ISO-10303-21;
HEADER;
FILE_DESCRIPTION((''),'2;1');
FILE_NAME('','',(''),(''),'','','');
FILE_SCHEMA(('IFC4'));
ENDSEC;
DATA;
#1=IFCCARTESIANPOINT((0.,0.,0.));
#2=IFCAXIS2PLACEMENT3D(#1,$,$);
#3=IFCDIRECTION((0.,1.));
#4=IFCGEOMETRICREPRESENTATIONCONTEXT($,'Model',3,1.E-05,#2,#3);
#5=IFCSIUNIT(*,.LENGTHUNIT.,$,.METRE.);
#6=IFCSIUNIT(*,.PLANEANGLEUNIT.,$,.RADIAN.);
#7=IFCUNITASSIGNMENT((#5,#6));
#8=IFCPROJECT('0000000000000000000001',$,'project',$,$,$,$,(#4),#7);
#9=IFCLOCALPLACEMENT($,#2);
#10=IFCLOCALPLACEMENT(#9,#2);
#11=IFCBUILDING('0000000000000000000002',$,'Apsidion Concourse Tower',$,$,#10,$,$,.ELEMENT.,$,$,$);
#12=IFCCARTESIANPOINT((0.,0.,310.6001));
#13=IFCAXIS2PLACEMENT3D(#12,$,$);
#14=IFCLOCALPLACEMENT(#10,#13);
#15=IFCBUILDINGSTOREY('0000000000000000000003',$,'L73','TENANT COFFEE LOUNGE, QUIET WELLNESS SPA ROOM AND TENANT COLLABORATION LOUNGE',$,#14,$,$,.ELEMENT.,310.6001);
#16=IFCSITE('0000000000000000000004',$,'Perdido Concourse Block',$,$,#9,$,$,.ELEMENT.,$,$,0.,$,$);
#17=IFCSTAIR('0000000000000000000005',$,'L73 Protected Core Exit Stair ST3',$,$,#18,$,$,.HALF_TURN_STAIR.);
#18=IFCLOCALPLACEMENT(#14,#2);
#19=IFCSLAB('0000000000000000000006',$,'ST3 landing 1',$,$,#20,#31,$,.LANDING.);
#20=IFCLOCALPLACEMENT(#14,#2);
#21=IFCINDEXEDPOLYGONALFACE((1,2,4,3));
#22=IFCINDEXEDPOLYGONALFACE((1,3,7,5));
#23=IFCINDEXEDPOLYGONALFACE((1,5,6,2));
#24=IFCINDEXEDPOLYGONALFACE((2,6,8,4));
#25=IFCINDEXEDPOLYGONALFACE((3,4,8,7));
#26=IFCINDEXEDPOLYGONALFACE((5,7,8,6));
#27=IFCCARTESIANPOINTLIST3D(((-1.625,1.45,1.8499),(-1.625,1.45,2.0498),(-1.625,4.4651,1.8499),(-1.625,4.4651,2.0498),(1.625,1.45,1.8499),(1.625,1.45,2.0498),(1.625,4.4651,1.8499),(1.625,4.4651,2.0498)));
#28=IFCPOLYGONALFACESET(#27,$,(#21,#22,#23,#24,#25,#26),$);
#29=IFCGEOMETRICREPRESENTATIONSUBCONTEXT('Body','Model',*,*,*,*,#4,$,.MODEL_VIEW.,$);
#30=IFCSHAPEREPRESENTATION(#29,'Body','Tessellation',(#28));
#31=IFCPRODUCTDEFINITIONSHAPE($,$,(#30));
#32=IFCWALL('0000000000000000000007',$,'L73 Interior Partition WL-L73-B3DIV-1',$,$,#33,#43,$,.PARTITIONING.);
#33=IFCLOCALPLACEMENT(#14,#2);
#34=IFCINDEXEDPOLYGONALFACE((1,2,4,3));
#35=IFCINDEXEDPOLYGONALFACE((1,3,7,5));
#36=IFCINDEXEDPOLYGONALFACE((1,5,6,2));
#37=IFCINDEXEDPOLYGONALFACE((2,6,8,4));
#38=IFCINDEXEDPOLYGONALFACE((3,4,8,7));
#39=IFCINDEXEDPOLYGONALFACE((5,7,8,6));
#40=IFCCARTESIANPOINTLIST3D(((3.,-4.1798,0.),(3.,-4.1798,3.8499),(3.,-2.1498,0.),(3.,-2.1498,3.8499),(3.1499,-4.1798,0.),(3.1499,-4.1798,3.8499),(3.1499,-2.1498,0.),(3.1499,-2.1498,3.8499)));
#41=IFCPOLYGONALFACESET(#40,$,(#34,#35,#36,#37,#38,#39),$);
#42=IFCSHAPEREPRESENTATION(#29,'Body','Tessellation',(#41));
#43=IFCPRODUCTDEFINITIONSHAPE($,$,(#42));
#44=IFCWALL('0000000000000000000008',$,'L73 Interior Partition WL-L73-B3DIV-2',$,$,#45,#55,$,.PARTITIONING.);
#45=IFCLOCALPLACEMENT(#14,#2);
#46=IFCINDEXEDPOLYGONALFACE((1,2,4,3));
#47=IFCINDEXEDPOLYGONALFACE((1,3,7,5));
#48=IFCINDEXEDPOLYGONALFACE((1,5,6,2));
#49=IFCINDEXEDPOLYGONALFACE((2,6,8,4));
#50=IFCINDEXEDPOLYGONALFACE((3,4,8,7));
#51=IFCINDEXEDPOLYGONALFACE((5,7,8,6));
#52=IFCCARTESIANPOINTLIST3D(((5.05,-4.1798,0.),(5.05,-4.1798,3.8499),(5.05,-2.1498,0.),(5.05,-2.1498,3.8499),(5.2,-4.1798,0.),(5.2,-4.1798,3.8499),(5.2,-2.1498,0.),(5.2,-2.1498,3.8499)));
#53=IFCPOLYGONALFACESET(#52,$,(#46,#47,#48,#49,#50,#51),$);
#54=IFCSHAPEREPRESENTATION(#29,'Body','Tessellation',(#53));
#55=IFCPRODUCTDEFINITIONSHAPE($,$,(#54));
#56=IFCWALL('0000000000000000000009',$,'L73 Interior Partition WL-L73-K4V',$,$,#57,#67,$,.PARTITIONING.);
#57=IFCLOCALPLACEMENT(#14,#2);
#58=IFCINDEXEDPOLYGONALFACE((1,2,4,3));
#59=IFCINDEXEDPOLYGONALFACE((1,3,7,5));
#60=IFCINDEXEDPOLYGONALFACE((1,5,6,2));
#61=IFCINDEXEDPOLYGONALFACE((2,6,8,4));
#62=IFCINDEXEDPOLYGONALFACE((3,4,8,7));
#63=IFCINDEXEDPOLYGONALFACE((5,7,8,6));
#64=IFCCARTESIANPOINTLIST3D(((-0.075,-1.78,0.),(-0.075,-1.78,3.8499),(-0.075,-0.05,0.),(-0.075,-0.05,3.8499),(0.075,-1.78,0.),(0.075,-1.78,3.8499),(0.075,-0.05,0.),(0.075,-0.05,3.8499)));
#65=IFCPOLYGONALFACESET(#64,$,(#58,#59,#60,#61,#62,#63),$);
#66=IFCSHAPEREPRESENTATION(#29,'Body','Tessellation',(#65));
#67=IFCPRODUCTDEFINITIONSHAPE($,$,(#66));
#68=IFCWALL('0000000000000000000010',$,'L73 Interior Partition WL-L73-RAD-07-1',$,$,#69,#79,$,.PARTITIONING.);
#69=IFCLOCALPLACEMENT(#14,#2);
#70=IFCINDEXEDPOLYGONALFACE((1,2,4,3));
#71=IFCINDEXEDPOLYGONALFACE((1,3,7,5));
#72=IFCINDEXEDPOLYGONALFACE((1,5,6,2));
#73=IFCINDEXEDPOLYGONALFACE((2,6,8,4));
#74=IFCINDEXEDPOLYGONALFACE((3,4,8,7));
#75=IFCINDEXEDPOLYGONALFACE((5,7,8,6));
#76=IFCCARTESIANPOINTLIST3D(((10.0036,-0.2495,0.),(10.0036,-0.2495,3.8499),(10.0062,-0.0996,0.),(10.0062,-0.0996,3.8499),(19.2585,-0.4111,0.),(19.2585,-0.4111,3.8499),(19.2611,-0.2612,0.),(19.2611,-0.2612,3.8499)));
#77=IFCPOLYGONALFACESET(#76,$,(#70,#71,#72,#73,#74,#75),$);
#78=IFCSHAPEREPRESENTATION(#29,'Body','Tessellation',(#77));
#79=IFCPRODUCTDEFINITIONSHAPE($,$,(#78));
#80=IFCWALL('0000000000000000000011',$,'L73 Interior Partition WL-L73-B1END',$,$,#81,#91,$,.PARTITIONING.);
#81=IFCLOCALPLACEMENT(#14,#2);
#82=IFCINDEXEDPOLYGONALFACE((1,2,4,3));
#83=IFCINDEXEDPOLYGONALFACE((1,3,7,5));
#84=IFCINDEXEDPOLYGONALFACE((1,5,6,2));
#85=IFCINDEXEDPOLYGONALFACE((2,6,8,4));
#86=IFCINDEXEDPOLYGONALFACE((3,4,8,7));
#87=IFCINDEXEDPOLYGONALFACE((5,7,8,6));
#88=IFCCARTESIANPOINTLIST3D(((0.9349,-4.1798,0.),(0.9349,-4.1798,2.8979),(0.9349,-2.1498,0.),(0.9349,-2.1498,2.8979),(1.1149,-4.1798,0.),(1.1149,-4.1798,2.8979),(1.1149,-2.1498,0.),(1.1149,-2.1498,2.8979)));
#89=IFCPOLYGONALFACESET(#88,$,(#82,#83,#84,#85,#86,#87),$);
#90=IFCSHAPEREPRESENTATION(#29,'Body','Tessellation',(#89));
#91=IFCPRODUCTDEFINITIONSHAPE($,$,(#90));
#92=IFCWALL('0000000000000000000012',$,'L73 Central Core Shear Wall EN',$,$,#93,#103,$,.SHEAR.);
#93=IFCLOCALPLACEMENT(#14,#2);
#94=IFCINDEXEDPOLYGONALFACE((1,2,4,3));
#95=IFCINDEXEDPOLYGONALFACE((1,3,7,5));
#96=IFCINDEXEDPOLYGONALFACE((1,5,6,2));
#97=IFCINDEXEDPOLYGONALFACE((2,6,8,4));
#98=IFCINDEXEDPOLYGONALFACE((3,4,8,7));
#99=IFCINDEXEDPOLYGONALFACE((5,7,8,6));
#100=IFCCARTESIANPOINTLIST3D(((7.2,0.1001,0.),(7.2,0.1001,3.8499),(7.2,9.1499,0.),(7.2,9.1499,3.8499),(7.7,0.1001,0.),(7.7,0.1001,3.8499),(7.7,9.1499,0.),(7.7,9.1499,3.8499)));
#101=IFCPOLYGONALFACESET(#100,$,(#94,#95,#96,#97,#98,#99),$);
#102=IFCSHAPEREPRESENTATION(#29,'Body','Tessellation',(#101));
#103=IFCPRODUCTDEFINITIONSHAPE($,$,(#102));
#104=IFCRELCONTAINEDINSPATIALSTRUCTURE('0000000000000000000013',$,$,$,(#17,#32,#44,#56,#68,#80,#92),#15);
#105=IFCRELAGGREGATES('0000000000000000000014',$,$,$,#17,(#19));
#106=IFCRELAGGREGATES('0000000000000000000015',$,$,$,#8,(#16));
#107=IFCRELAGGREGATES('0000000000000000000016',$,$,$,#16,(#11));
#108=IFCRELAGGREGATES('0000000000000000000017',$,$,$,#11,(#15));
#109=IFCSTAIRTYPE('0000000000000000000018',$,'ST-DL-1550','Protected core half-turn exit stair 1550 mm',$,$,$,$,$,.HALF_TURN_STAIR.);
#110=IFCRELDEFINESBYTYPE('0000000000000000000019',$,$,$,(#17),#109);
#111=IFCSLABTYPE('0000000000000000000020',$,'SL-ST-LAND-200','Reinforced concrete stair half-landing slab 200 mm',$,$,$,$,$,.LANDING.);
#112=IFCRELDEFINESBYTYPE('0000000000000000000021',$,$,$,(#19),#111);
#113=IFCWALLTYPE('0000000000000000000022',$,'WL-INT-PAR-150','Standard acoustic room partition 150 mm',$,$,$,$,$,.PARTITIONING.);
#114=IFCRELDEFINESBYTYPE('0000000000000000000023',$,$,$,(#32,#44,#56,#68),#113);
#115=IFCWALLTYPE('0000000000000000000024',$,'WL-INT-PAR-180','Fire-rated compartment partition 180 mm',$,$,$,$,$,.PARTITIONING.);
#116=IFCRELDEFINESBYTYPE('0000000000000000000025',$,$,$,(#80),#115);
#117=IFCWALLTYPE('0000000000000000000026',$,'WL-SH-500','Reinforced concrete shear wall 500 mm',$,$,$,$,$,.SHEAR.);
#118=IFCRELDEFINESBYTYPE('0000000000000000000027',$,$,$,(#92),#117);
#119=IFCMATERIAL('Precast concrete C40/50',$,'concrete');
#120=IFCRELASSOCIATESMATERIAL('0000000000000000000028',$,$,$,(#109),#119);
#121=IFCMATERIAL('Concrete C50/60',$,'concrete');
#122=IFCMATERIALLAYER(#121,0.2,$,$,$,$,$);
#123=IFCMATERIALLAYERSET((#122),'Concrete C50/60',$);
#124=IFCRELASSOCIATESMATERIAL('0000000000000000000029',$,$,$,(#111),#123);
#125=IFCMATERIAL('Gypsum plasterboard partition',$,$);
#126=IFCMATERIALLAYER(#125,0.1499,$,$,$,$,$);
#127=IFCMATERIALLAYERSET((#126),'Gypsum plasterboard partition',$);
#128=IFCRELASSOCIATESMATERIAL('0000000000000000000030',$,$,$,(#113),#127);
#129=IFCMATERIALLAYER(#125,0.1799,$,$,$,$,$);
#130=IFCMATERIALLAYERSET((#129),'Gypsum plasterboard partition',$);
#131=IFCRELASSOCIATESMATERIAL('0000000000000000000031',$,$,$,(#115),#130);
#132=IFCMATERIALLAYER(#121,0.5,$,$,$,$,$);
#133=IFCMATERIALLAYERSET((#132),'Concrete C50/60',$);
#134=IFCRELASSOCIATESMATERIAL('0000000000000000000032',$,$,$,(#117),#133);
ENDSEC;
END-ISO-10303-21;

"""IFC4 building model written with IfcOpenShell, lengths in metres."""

from ifc_helpers import new_model, si_unit, direction, frame, frame_2d, origin, place, context, subcontext, project, spatial, polyline, rectangle, outline, extrude, material, layer, layer_set, type_object, element, aggregate, save


model = new_model("IFC4")

# Units and contexts
model_context = context("Model", 3, precision=1e-05, world=origin(), true_north=direction((0.0, 1.0)))
body_context = subcontext(model_context, "Body", "Model", "MODEL_VIEW")
ifc_project = project(units=[si_unit("LENGTHUNIT", "METRE"), si_unit("PLANEANGLEUNIT", "RADIAN")], contexts=[model_context])

# Site, building, storey
site_placement = place(None, origin())
site = spatial("IfcSite", under=ifc_project, at=site_placement, Name="Perdido Concourse Block", CompositionType="ELEMENT", RefElevation=0.0)
building_placement = place(site_placement, origin())
building = spatial("IfcBuilding", under=site, at=building_placement, Name="Apsidion Concourse Tower", CompositionType="ELEMENT")
storey_placement = place(building_placement, frame((0.0, 0.0, 310.6001)))
storey = spatial("IfcBuildingStorey", under=building, at=storey_placement, Name="L73", Description="TENANT COFFEE LOUNGE, QUIET WELLNESS SPA ROOM AND TENANT COLLABORATION LOUNGE", CompositionType="ELEMENT", Elevation=310.6001)

# Shared definitions
ifc_material_1 = material(Name="Concrete C50/60", Category="concrete")

# Stair, slab
ifc_material_2 = material(Name="Precast concrete C40/50", Category="concrete")
stair_type = type_object("IfcStairType", Name="ST-DL-1550", Description="Protected core half-turn exit stair 1550 mm", PredefinedType="HALF_TURN_STAIR", material=ifc_material_2)
ifc_layer_1 = layer(ifc_material_1, 0.2)
ifc_layer_set_1 = layer_set([ifc_layer_1], Name="Concrete C50/60")
slab_type_1 = type_object("IfcSlabType", Name="SL-ST-LAND-200", Description="Reinforced concrete stair half-landing slab 200 mm", PredefinedType="LANDING", material=ifc_layer_set_1)
stair_1_placement = place(storey_placement, origin())
stair_1 = element("IfcStair", 1, at=stair_1_placement, inside=storey, type_object=stair_type, Name="L73 Protected Core Exit Stair ST3", PredefinedType="HALF_TURN_STAIR")
slab_1_placement = place(storey_placement, frame((0.0, 0.0, 1.8499)))
slab_1 = element("IfcSlab", 2, at=slab_1_placement, type_object=slab_type_1, Name="ST3 landing 1", PredefinedType="LANDING", context=body_context, shape_type="SweptSolid", body=[
    extrude(outline(polyline([(-1.625, 4.4651), (-1.625, 1.45), (1.625, 1.45), (1.625, 4.4651), (-1.625, 4.4651)])), origin(), (0.0, 0.0, 1.0), 0.2),
])
aggregate(stair_1, [slab_1])

# Walls
ifc_material_3 = material(Name="Gypsum plasterboard partition")
ifc_layer_2 = layer(ifc_material_3, 0.1499)
ifc_layer_set_2 = layer_set([ifc_layer_2], Name="Gypsum plasterboard partition")
wall_type_1 = type_object("IfcWallType", Name="WL-INT-PAR-150", Description="Standard acoustic room partition 150 mm", PredefinedType="PARTITIONING", material=ifc_layer_set_2)
for number, where, z_axis, x_axis, name in (
    (3, (3.075, -4.1799, 0.0), (0.0, 0.0, 1.0), (0.0, 1.0, 0.0), "L73 Interior Partition WL-L73-B3DIV-1"),
    (4, (5.125, -4.1799, 0.0), (0.0, 0.0, 1.0), (0.0, 1.0, 0.0), "L73 Interior Partition WL-L73-B3DIV-2"),
):
    element("IfcWall", number, at=place(storey_placement, frame(where, z_axis=z_axis, x_axis=x_axis)), inside=storey, type_object=wall_type_1, Name=name, PredefinedType="PARTITIONING", context=body_context, shape_type="SweptSolid", body=[
        extrude(rectangle(XDim=2.03, YDim=0.1499, at=frame_2d((1.0151, 0.0))), origin(), (0.0, 0.0, 1.0), 3.8499),
    ])
wall_1_placement = place(storey_placement, frame((0.0, -1.78, 0.0), z_axis=(0.0, 0.0, 1.0), x_axis=(0.0, 1.0, 0.0)))
element("IfcWall", 5, at=wall_1_placement, inside=storey, type_object=wall_type_1, Name="L73 Interior Partition WL-L73-K4V", PredefinedType="PARTITIONING", context=body_context, shape_type="SweptSolid", body=[
    extrude(rectangle(XDim=1.73, YDim=0.1499, at=frame_2d((0.865, 0.0))), origin(), (0.0, 0.0, 1.0), 3.8499),
])
wall_2_placement = place(storey_placement, frame((10.0049, -0.1746, 0.0), z_axis=(0.0, 0.0, 1.0), x_axis=(0.999848, -0.017461, 0.0)))
element("IfcWall", 6, at=wall_2_placement, inside=storey, type_object=wall_type_1, Name="L73 Interior Partition WL-L73-RAD-07-1", PredefinedType="PARTITIONING", context=body_context, shape_type="SweptSolid", body=[
    extrude(rectangle(XDim=9.2563, YDim=0.1499, at=frame_2d((4.6282, 0.0))), origin(), (0.0, 0.0, 1.0), 3.8499),
])
ifc_layer_3 = layer(ifc_material_3, 0.1799)
ifc_layer_set_3 = layer_set([ifc_layer_3], Name="Gypsum plasterboard partition")
wall_type_2 = type_object("IfcWallType", Name="WL-INT-PAR-180", Description="Fire-rated compartment partition 180 mm", PredefinedType="PARTITIONING", material=ifc_layer_set_3)
wall_3_placement = place(storey_placement, frame((1.0249, -4.1799, 0.0), z_axis=(0.0, 0.0, 1.0), x_axis=(0.0, 1.0, 0.0)))
element("IfcWall", 7, at=wall_3_placement, inside=storey, type_object=wall_type_2, Name="L73 Interior Partition WL-L73-B1END", PredefinedType="PARTITIONING", context=body_context, shape_type="SweptSolid", body=[
    extrude(rectangle(XDim=2.03, YDim=0.1799, at=frame_2d((1.0151, 0.0))), origin(), (0.0, 0.0, 1.0), 2.8979),
])

# Wall
ifc_layer_4 = layer(ifc_material_1, 0.5)
ifc_layer_set_4 = layer_set([ifc_layer_4], Name="Concrete C50/60")
wall_type_3 = type_object("IfcWallType", Name="WL-SH-500", Description="Reinforced concrete shear wall 500 mm", PredefinedType="SHEAR", material=ifc_layer_set_4)
wall_4_placement = place(storey_placement, frame((7.45, 0.1001, 0.0), z_axis=(0.0, 0.0, 1.0), x_axis=(0.0, 1.0, 0.0)))
element("IfcWall", 8, at=wall_4_placement, inside=storey, type_object=wall_type_3, Name="L73 Central Core Shear Wall EN", PredefinedType="SHEAR", context=body_context, shape_type="SweptSolid", body=[
    extrude(rectangle(XDim=9.0498, YDim=0.5, at=frame_2d((4.5249, 0.0))), origin(), (0.0, 0.0, 1.0), 3.8499),
])

save(model, "model.ifc")
